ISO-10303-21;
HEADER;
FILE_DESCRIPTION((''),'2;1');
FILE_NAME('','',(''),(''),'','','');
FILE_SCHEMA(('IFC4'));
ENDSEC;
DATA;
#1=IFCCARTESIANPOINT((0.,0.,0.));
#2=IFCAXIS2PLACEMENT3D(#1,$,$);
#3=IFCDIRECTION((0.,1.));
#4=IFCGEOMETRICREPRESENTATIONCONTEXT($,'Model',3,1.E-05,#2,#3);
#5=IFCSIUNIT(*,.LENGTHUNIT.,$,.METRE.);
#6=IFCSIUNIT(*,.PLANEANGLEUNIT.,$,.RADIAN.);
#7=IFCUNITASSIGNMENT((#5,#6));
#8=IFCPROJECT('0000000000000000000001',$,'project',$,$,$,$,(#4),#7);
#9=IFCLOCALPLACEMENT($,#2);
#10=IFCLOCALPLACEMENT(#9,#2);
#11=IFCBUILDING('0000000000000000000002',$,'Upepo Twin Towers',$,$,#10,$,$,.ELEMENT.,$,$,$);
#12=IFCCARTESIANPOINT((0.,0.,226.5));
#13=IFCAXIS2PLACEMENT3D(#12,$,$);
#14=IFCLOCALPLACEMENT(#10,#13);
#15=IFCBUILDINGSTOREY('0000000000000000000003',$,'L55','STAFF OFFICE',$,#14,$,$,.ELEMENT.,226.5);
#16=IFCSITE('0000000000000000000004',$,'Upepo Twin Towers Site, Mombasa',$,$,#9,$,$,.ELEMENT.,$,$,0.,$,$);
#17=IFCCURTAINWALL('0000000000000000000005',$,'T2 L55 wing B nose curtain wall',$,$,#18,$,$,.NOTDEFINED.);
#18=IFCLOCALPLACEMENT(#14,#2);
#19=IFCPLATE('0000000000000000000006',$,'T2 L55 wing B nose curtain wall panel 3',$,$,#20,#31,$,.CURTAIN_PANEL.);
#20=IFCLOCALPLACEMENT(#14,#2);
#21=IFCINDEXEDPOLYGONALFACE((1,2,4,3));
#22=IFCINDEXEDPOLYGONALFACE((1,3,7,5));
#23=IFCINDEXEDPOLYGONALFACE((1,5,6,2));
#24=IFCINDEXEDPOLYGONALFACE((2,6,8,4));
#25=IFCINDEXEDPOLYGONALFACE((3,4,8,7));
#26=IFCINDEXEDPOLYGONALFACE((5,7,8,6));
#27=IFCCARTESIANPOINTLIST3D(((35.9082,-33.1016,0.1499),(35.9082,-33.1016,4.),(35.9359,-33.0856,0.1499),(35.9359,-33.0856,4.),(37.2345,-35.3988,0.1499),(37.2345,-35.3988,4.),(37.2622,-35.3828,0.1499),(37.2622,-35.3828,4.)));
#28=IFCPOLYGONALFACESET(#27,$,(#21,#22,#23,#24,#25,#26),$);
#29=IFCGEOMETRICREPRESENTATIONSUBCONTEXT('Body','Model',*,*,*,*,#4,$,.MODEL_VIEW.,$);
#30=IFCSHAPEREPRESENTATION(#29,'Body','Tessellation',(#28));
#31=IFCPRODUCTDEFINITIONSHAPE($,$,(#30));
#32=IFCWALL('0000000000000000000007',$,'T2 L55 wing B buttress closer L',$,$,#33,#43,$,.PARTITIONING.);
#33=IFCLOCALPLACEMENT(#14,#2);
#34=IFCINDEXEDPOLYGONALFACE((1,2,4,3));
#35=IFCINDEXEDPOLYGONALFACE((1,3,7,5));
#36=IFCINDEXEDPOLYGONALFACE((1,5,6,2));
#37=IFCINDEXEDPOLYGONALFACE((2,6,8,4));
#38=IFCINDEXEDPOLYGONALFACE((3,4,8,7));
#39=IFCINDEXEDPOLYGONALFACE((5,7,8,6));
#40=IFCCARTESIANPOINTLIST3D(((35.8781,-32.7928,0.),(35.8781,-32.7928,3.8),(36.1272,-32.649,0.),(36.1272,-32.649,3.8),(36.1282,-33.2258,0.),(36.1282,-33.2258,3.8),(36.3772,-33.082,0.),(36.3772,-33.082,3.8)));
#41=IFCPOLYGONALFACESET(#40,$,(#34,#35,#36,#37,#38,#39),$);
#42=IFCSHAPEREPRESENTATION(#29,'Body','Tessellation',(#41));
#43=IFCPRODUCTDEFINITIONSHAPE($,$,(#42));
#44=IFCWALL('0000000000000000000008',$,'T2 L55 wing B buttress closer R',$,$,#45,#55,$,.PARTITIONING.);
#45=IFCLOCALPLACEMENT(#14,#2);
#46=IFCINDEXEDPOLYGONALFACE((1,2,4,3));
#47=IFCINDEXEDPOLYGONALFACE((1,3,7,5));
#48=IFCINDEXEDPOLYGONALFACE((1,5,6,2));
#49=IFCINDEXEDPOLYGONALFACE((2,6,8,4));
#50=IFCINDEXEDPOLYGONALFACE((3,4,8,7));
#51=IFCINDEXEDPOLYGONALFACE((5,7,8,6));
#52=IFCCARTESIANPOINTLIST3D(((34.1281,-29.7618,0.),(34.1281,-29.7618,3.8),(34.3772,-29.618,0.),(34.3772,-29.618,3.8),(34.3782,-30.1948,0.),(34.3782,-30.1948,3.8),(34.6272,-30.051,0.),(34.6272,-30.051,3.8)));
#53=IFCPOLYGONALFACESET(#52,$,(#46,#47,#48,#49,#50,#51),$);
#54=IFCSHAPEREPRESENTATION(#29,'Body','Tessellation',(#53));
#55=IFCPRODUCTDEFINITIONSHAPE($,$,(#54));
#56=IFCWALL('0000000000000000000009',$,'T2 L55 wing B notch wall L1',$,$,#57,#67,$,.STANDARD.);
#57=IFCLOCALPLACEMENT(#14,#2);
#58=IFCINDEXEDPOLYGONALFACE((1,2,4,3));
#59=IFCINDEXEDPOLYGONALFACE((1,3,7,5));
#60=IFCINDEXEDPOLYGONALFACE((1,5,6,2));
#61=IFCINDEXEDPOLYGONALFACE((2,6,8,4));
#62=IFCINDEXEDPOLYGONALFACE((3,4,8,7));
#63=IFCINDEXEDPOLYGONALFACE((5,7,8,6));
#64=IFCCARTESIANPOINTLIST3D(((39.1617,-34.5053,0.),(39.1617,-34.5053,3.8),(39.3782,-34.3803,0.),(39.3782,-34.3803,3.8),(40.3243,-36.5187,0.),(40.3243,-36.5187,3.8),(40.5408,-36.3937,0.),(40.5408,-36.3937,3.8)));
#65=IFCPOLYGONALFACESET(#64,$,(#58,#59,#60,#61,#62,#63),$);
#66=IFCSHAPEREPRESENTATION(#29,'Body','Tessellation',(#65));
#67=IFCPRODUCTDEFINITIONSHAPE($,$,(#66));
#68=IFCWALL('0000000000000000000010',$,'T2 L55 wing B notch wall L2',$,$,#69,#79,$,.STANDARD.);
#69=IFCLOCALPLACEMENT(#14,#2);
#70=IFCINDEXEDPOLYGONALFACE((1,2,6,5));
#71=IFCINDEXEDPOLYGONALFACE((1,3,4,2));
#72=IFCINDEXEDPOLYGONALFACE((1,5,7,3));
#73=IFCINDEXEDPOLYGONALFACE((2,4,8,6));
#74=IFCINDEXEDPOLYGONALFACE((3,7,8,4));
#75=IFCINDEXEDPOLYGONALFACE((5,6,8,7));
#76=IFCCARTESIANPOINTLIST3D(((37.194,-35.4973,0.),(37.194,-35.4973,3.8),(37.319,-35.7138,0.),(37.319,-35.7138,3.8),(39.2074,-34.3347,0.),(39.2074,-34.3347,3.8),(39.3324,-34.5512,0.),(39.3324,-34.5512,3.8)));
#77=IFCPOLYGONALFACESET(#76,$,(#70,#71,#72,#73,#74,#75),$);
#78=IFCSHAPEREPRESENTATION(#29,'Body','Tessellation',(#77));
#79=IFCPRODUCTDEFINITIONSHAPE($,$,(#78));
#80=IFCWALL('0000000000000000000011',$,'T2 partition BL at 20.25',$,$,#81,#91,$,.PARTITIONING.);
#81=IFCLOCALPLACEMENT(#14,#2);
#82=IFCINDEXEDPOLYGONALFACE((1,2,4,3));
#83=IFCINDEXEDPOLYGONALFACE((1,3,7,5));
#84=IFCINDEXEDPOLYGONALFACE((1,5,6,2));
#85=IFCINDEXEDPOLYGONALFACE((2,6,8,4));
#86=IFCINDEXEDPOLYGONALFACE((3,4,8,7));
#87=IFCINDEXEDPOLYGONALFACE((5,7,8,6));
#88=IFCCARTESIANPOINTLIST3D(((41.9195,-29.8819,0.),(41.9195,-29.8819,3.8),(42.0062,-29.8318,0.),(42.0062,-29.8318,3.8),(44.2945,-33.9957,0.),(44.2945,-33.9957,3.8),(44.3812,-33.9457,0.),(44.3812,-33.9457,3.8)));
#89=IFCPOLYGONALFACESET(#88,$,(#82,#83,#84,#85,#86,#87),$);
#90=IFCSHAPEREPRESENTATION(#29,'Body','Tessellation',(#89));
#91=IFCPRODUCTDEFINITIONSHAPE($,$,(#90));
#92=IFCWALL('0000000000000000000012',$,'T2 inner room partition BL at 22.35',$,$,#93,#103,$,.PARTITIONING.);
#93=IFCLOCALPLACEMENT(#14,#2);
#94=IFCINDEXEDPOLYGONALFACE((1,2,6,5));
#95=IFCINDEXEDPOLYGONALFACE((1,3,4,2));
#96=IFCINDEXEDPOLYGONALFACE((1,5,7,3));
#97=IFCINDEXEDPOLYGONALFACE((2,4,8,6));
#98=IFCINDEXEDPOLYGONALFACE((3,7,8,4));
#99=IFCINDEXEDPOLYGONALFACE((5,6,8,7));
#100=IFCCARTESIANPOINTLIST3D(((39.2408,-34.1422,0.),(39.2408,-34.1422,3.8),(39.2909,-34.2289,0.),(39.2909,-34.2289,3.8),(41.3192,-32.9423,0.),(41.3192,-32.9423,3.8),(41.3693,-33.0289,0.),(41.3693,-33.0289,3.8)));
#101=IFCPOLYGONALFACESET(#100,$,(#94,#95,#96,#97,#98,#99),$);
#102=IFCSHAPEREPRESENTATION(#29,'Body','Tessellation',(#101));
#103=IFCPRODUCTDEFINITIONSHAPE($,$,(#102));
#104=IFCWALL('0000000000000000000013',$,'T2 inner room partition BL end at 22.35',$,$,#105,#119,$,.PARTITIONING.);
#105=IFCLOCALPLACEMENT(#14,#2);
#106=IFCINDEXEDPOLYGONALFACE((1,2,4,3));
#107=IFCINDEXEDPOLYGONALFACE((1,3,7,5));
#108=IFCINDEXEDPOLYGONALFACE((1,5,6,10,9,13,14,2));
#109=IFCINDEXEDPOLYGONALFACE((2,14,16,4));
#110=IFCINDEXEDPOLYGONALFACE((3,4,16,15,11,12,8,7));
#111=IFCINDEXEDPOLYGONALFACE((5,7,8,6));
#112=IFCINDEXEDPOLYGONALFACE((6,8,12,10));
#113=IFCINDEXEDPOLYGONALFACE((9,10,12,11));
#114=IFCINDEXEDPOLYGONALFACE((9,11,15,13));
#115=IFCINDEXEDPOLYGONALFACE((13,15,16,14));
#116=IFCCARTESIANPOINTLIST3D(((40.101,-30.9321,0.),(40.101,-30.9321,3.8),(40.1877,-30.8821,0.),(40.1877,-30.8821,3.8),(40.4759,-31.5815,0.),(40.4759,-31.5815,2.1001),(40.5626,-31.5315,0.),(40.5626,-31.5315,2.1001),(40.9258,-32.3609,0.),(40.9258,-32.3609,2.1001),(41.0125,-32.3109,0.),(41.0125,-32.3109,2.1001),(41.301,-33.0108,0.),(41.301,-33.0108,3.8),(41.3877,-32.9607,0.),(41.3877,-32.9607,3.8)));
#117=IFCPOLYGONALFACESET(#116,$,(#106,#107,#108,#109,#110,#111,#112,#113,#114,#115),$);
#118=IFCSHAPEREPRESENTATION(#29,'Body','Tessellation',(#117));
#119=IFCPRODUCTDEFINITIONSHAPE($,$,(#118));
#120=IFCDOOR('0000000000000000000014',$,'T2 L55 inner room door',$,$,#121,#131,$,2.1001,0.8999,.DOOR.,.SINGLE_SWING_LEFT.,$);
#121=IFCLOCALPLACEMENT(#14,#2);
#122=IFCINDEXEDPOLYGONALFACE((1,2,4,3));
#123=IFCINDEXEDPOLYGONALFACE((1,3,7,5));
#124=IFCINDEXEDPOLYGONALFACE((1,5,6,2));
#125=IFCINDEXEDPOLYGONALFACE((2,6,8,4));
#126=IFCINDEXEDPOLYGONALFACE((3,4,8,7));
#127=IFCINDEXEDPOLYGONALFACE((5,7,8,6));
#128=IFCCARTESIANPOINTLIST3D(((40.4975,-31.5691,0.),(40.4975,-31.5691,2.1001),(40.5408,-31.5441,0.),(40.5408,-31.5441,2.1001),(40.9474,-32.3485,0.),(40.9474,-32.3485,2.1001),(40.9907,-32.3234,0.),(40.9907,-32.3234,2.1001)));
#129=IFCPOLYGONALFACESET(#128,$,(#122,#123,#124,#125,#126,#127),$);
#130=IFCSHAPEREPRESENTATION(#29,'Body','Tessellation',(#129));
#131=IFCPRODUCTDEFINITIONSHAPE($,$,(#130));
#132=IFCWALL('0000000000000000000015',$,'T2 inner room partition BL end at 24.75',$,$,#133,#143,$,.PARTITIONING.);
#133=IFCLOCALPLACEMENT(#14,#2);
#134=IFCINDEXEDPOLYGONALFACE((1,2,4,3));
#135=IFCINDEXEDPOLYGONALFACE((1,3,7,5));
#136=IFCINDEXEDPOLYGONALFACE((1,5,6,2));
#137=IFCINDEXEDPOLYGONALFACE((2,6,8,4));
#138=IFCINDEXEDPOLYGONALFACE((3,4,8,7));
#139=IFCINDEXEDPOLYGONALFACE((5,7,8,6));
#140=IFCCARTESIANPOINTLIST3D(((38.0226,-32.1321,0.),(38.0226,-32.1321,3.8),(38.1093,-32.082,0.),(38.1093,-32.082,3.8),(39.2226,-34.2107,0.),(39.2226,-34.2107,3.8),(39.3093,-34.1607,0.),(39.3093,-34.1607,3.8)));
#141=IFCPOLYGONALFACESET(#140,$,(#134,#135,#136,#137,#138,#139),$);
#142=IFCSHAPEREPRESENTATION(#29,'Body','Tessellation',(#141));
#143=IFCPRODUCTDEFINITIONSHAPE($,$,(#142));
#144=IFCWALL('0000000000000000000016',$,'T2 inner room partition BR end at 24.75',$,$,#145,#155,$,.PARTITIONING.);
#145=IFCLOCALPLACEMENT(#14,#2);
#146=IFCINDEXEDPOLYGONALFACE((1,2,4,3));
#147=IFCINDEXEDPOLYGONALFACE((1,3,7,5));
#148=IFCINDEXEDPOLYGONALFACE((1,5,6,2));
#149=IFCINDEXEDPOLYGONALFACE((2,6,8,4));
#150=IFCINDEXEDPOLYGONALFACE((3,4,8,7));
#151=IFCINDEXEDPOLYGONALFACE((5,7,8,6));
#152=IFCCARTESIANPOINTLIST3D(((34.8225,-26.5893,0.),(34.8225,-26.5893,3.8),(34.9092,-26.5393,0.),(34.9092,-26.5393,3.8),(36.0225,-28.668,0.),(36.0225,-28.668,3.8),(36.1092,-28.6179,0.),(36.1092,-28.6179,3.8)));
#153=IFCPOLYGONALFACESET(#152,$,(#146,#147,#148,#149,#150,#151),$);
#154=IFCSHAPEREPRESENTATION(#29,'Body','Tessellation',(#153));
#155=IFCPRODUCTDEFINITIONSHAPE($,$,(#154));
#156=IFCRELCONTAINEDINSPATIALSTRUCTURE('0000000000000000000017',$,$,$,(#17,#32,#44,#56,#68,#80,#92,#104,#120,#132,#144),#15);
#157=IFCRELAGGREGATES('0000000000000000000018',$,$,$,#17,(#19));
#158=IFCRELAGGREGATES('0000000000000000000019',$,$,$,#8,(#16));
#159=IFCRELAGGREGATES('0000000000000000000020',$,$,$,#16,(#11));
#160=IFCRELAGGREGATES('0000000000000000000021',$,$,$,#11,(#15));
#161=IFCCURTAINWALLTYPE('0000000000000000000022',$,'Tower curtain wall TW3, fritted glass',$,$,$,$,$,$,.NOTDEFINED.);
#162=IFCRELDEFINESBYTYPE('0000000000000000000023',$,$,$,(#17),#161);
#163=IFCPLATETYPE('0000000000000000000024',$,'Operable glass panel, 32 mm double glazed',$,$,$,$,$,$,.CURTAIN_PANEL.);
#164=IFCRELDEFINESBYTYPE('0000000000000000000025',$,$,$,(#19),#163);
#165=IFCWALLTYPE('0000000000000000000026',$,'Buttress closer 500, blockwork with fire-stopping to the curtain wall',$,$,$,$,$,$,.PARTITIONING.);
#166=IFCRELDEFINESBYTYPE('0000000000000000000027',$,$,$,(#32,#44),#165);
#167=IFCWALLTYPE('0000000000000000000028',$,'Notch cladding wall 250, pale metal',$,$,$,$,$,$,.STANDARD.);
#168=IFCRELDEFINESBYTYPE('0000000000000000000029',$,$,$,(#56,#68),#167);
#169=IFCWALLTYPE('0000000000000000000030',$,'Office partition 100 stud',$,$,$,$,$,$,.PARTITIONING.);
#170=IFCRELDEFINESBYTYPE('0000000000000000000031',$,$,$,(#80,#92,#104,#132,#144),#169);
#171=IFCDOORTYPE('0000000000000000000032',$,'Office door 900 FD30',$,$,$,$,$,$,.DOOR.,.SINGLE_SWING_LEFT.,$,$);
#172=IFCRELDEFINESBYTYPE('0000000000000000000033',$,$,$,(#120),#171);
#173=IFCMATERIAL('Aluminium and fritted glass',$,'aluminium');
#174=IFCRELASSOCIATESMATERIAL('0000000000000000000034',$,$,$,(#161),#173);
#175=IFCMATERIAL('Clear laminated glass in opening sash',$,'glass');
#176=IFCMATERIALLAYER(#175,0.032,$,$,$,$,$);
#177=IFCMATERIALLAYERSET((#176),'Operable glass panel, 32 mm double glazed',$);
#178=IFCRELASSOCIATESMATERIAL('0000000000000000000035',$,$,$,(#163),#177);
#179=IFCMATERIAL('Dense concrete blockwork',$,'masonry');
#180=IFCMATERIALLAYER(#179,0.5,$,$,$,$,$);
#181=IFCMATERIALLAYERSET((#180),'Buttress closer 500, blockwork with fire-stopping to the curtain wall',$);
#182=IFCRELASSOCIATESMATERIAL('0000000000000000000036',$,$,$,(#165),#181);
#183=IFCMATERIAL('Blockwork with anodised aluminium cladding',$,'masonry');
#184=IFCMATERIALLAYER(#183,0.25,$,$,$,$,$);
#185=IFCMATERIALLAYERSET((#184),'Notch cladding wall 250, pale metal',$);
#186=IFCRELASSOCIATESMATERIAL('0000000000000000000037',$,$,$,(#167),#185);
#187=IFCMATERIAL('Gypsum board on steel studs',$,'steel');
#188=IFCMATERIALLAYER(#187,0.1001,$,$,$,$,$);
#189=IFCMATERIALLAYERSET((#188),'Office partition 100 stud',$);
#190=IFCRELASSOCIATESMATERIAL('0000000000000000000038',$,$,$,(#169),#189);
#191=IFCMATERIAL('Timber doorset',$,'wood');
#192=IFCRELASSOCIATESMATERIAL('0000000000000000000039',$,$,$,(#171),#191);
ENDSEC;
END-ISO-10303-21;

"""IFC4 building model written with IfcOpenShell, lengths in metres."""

from ifc_helpers import new_model, si_unit, direction, frame, frame_2d, origin, origin_2d, place, context, subcontext, project, spatial, rectangle, extrude, material, layer, layer_set, type_object, element, fill, aggregate, save


model = new_model("IFC4")

# Units and contexts
model_context = context("Model", 3, precision=1e-05, world=origin(), true_north=direction((0.0, 1.0)))
body_context = subcontext(model_context, "Body", "Model", "MODEL_VIEW")
ifc_project = project(units=[si_unit("LENGTHUNIT", "METRE"), si_unit("PLANEANGLEUNIT", "RADIAN")], contexts=[model_context])

# Site, building, storey
site_placement = place(None, origin())
site = spatial("IfcSite", under=ifc_project, at=site_placement, Name="Upepo Twin Towers Site, Mombasa", CompositionType="ELEMENT", RefElevation=0.0)
building_placement = place(site_placement, origin())
building = spatial("IfcBuilding", under=site, at=building_placement, Name="Upepo Twin Towers", CompositionType="ELEMENT")
storey_placement = place(building_placement, frame((0.0, 0.0, 226.5)))
storey = spatial("IfcBuildingStorey", under=building, at=storey_placement, Name="L55", Description="STAFF OFFICE", CompositionType="ELEMENT", Elevation=226.5)

# Shared definitions
ifc_material_1 = material(Name="Aluminium and fritted glass", Category="aluminium")
curtain_wall_type = type_object("IfcCurtainWallType", Name="Tower curtain wall TW3, fritted glass", PredefinedType="NOTDEFINED", material=ifc_material_1)

# Curtain wall
curtain_wall_1_placement = place(storey_placement, origin())
curtain_wall_1 = element("IfcCurtainWall", 1, at=curtain_wall_1_placement, inside=storey, type_object=curtain_wall_type, Name="T2 L55 wing B nose curtain wall", PredefinedType="NOTDEFINED")

# Plate
ifc_material_2 = material(Name="Clear laminated glass in opening sash", Category="glass")
ifc_layer_1 = layer(ifc_material_2, 0.032)
ifc_layer_set_1 = layer_set([ifc_layer_1], Name="Operable glass panel, 32 mm double glazed")
plate_type_1 = type_object("IfcPlateType", Name="Operable glass panel, 32 mm double glazed", PredefinedType="CURTAIN_PANEL", material=ifc_layer_set_1)
plate_1_placement = place(storey_placement, frame((36.5852, -34.2422, 0.1499), z_axis=(0.0, 0.0, 1.0), x_axis=(0.5, -0.866025, 0.0)))
plate_1 = element("IfcPlate", 2, at=plate_1_placement, type_object=plate_type_1, Name="T2 L55 wing B nose curtain wall panel 3", PredefinedType="CURTAIN_PANEL", context=body_context, shape_type="SweptSolid", body=[
    extrude(rectangle(XDim=2.6526, YDim=0.032, at=origin_2d()), origin(), (0.0, 0.0, 1.0), 3.8501),
])
aggregate(curtain_wall_1, [plate_1])

# Walls
ifc_material_3 = material(Name="Dense concrete blockwork", Category="masonry")
ifc_layer_2 = layer(ifc_material_3, 0.5)
ifc_layer_set_2 = layer_set([ifc_layer_2], Name="Buttress closer 500, blockwork with fire-stopping to the curtain wall")
wall_type_1 = type_object("IfcWallType", Name="Buttress closer 500, blockwork with fire-stopping to the curtain wall", PredefinedType="PARTITIONING", material=ifc_layer_set_2)
for number, where, z_axis, x_axis, name in (
    (3, (36.2522, -32.8655, 0.0), (0.0, 0.0, 1.0), (-0.865988, -0.500065, 0.0), "T2 L55 wing B buttress closer L"),
    (4, (34.5022, -29.8345, 0.0), (0.0, 0.0, 1.0), (-0.865988, -0.500065, 0.0), "T2 L55 wing B buttress closer R"),
):
    element("IfcWall", number, at=place(storey_placement, frame(where, z_axis=z_axis, x_axis=x_axis)), inside=storey, type_object=wall_type_1, Name=name, PredefinedType="PARTITIONING", context=body_context, shape_type="SweptSolid", body=[
        extrude(rectangle(XDim=0.2876, YDim=0.5, at=frame_2d((0.1438, 0.0))), origin(), (0.0, 0.0, 1.0), 3.8),
    ])
ifc_material_4 = material(Name="Blockwork with anodised aluminium cladding", Category="masonry")
ifc_layer_3 = layer(ifc_material_4, 0.25)
ifc_layer_set_3 = layer_set([ifc_layer_3], Name="Notch cladding wall 250, pale metal")
wall_type_2 = type_object("IfcWallType", Name="Notch cladding wall 250, pale metal", PredefinedType="STANDARD", material=ifc_layer_set_3)
for number, where, z_axis, x_axis, name in (
    (5, (40.4326, -36.4563, 0.0), (0.0, 0.0, 1.0), (-0.500047, 0.865998, 0.0), "T2 L55 wing B notch wall L1"),
    (6, (39.27, -34.4429, 0.0), (0.0, 0.0, 1.0), (-0.865998, -0.500047, 0.0), "T2 L55 wing B notch wall L2"),
):
    element("IfcWall", number, at=place(storey_placement, frame(where, z_axis=z_axis, x_axis=x_axis)), inside=storey, type_object=wall_type_2, Name=name, PredefinedType="STANDARD", context=body_context, shape_type="SweptSolid", body=[
        extrude(rectangle(XDim=2.325, YDim=0.25, at=frame_2d((1.1626, 0.0))), origin(), (0.0, 0.0, 1.0), 3.8),
    ])
ifc_material_5 = material(Name="Gypsum board on steel studs", Category="steel")
ifc_layer_4 = layer(ifc_material_5, 0.1001)
ifc_layer_set_4 = layer_set([ifc_layer_4], Name="Office partition 100 stud")
wall_type_3 = type_object("IfcWallType", Name="Office partition 100 stud", PredefinedType="PARTITIONING", material=ifc_layer_set_4)
wall_1_placement = place(storey_placement, frame((41.9629, -29.8569, 0.0), z_axis=(0.0, 0.0, 1.0), x_axis=(0.499986, -0.866033, 0.0)))
element("IfcWall", 7, at=wall_1_placement, inside=storey, type_object=wall_type_3, Name="T2 partition BL at 20.25", PredefinedType="PARTITIONING", context=body_context, shape_type="SweptSolid", body=[
    extrude(rectangle(XDim=4.7502, YDim=0.1001, at=frame_2d((2.375, 0.0))), origin(), (0.0, 0.0, 1.0), 3.8),
])
wall_2_placement = place(storey_placement, frame((41.3442, -32.9856, 0.0), z_axis=(0.0, 0.0, 1.0), x_axis=(-0.866025, -0.500001, 0.0)))
element("IfcWall", 8, at=wall_2_placement, inside=storey, type_object=wall_type_3, Name="T2 inner room partition BL at 22.35", PredefinedType="PARTITIONING", context=body_context, shape_type="SweptSolid", body=[
    extrude(rectangle(XDim=2.3999, YDim=0.1001, at=frame_2d((1.2, 0.0))), origin(), (0.0, 0.0, 1.0), 3.8),
])

# Wall, opening, door
wall_3_placement = place(storey_placement, frame((40.1443, -30.907, 0.0), z_axis=(0.0, 0.0, 1.0), x_axis=(0.499957, -0.86605, 0.0)))
wall_3 = element("IfcWall", 9, at=wall_3_placement, inside=storey, type_object=wall_type_3, Name="T2 inner room partition BL end at 22.35", PredefinedType="PARTITIONING", context=body_context, shape_type="SweptSolid", body=[
    extrude(rectangle(XDim=2.4001, YDim=0.1001, at=frame_2d((1.2002, 0.0))), origin(), (0.0, 0.0, 1.0), 3.8),
])
opening_placement = place(wall_3_placement, frame((0.75, 0.0, 0.0)))
opening = element("IfcOpeningElement", 10, at=opening_placement, cuts=wall_3, PredefinedType="OPENING", context=body_context, shape_type="SweptSolid", body=[
    extrude(rectangle(XDim=0.8999, YDim=2.1001, at=frame_2d((0.45, 1.05))), frame((0.0, 0.0601, 0.0), z_axis=(0.0, -1.0, 0.0), x_axis=(1.0, 0.0, 0.0)), (0.0, 0.0, 1.0), 0.1201),
])
ifc_material_6 = material(Name="Timber doorset", Category="wood")
door_type = type_object("IfcDoorType", Name="Office door 900 FD30", OperationType="SINGLE_SWING_LEFT", PredefinedType="DOOR", material=ifc_material_6)
door_placement = place(opening_placement, origin())
door = element("IfcDoor", 11, at=door_placement, inside=storey, type_object=door_type, Name="T2 L55 inner room door", OperationType="SINGLE_SWING_LEFT", OverallHeight=2.1001, OverallWidth=0.8999, PredefinedType="DOOR", context=body_context, shape_type="SweptSolid", body=[
    extrude(rectangle(XDim=0.8999, YDim=2.1001, at=frame_2d((0.45, 1.05))), frame((0.0, 0.0249, 0.0), z_axis=(0.0, -1.0, 0.0), x_axis=(1.0, 0.0, 0.0)), (0.0, 0.0, 1.0), 0.05),
])
fill(opening, door)

# Walls
for number, where, z_axis, x_axis, name in (
    (12, (38.0659, -32.1069, 0.0), (0.0, 0.0, 1.0), (0.499957, -0.86605, 0.0), "T2 inner room partition BL end at 24.75"),
    (13, (36.0659, -28.6431, 0.0), (0.0, 0.0, 1.0), (-0.499957, 0.86605, 0.0), "T2 inner room partition BR end at 24.75"),
):
    element("IfcWall", number, at=place(storey_placement, frame(where, z_axis=z_axis, x_axis=x_axis)), inside=storey, type_object=wall_type_3, Name=name, PredefinedType="PARTITIONING", context=body_context, shape_type="SweptSolid", body=[
        extrude(rectangle(XDim=2.4001, YDim=0.1001, at=frame_2d((1.2002, 0.0))), origin(), (0.0, 0.0, 1.0), 3.8),
    ])

save(model, "model.ifc")
